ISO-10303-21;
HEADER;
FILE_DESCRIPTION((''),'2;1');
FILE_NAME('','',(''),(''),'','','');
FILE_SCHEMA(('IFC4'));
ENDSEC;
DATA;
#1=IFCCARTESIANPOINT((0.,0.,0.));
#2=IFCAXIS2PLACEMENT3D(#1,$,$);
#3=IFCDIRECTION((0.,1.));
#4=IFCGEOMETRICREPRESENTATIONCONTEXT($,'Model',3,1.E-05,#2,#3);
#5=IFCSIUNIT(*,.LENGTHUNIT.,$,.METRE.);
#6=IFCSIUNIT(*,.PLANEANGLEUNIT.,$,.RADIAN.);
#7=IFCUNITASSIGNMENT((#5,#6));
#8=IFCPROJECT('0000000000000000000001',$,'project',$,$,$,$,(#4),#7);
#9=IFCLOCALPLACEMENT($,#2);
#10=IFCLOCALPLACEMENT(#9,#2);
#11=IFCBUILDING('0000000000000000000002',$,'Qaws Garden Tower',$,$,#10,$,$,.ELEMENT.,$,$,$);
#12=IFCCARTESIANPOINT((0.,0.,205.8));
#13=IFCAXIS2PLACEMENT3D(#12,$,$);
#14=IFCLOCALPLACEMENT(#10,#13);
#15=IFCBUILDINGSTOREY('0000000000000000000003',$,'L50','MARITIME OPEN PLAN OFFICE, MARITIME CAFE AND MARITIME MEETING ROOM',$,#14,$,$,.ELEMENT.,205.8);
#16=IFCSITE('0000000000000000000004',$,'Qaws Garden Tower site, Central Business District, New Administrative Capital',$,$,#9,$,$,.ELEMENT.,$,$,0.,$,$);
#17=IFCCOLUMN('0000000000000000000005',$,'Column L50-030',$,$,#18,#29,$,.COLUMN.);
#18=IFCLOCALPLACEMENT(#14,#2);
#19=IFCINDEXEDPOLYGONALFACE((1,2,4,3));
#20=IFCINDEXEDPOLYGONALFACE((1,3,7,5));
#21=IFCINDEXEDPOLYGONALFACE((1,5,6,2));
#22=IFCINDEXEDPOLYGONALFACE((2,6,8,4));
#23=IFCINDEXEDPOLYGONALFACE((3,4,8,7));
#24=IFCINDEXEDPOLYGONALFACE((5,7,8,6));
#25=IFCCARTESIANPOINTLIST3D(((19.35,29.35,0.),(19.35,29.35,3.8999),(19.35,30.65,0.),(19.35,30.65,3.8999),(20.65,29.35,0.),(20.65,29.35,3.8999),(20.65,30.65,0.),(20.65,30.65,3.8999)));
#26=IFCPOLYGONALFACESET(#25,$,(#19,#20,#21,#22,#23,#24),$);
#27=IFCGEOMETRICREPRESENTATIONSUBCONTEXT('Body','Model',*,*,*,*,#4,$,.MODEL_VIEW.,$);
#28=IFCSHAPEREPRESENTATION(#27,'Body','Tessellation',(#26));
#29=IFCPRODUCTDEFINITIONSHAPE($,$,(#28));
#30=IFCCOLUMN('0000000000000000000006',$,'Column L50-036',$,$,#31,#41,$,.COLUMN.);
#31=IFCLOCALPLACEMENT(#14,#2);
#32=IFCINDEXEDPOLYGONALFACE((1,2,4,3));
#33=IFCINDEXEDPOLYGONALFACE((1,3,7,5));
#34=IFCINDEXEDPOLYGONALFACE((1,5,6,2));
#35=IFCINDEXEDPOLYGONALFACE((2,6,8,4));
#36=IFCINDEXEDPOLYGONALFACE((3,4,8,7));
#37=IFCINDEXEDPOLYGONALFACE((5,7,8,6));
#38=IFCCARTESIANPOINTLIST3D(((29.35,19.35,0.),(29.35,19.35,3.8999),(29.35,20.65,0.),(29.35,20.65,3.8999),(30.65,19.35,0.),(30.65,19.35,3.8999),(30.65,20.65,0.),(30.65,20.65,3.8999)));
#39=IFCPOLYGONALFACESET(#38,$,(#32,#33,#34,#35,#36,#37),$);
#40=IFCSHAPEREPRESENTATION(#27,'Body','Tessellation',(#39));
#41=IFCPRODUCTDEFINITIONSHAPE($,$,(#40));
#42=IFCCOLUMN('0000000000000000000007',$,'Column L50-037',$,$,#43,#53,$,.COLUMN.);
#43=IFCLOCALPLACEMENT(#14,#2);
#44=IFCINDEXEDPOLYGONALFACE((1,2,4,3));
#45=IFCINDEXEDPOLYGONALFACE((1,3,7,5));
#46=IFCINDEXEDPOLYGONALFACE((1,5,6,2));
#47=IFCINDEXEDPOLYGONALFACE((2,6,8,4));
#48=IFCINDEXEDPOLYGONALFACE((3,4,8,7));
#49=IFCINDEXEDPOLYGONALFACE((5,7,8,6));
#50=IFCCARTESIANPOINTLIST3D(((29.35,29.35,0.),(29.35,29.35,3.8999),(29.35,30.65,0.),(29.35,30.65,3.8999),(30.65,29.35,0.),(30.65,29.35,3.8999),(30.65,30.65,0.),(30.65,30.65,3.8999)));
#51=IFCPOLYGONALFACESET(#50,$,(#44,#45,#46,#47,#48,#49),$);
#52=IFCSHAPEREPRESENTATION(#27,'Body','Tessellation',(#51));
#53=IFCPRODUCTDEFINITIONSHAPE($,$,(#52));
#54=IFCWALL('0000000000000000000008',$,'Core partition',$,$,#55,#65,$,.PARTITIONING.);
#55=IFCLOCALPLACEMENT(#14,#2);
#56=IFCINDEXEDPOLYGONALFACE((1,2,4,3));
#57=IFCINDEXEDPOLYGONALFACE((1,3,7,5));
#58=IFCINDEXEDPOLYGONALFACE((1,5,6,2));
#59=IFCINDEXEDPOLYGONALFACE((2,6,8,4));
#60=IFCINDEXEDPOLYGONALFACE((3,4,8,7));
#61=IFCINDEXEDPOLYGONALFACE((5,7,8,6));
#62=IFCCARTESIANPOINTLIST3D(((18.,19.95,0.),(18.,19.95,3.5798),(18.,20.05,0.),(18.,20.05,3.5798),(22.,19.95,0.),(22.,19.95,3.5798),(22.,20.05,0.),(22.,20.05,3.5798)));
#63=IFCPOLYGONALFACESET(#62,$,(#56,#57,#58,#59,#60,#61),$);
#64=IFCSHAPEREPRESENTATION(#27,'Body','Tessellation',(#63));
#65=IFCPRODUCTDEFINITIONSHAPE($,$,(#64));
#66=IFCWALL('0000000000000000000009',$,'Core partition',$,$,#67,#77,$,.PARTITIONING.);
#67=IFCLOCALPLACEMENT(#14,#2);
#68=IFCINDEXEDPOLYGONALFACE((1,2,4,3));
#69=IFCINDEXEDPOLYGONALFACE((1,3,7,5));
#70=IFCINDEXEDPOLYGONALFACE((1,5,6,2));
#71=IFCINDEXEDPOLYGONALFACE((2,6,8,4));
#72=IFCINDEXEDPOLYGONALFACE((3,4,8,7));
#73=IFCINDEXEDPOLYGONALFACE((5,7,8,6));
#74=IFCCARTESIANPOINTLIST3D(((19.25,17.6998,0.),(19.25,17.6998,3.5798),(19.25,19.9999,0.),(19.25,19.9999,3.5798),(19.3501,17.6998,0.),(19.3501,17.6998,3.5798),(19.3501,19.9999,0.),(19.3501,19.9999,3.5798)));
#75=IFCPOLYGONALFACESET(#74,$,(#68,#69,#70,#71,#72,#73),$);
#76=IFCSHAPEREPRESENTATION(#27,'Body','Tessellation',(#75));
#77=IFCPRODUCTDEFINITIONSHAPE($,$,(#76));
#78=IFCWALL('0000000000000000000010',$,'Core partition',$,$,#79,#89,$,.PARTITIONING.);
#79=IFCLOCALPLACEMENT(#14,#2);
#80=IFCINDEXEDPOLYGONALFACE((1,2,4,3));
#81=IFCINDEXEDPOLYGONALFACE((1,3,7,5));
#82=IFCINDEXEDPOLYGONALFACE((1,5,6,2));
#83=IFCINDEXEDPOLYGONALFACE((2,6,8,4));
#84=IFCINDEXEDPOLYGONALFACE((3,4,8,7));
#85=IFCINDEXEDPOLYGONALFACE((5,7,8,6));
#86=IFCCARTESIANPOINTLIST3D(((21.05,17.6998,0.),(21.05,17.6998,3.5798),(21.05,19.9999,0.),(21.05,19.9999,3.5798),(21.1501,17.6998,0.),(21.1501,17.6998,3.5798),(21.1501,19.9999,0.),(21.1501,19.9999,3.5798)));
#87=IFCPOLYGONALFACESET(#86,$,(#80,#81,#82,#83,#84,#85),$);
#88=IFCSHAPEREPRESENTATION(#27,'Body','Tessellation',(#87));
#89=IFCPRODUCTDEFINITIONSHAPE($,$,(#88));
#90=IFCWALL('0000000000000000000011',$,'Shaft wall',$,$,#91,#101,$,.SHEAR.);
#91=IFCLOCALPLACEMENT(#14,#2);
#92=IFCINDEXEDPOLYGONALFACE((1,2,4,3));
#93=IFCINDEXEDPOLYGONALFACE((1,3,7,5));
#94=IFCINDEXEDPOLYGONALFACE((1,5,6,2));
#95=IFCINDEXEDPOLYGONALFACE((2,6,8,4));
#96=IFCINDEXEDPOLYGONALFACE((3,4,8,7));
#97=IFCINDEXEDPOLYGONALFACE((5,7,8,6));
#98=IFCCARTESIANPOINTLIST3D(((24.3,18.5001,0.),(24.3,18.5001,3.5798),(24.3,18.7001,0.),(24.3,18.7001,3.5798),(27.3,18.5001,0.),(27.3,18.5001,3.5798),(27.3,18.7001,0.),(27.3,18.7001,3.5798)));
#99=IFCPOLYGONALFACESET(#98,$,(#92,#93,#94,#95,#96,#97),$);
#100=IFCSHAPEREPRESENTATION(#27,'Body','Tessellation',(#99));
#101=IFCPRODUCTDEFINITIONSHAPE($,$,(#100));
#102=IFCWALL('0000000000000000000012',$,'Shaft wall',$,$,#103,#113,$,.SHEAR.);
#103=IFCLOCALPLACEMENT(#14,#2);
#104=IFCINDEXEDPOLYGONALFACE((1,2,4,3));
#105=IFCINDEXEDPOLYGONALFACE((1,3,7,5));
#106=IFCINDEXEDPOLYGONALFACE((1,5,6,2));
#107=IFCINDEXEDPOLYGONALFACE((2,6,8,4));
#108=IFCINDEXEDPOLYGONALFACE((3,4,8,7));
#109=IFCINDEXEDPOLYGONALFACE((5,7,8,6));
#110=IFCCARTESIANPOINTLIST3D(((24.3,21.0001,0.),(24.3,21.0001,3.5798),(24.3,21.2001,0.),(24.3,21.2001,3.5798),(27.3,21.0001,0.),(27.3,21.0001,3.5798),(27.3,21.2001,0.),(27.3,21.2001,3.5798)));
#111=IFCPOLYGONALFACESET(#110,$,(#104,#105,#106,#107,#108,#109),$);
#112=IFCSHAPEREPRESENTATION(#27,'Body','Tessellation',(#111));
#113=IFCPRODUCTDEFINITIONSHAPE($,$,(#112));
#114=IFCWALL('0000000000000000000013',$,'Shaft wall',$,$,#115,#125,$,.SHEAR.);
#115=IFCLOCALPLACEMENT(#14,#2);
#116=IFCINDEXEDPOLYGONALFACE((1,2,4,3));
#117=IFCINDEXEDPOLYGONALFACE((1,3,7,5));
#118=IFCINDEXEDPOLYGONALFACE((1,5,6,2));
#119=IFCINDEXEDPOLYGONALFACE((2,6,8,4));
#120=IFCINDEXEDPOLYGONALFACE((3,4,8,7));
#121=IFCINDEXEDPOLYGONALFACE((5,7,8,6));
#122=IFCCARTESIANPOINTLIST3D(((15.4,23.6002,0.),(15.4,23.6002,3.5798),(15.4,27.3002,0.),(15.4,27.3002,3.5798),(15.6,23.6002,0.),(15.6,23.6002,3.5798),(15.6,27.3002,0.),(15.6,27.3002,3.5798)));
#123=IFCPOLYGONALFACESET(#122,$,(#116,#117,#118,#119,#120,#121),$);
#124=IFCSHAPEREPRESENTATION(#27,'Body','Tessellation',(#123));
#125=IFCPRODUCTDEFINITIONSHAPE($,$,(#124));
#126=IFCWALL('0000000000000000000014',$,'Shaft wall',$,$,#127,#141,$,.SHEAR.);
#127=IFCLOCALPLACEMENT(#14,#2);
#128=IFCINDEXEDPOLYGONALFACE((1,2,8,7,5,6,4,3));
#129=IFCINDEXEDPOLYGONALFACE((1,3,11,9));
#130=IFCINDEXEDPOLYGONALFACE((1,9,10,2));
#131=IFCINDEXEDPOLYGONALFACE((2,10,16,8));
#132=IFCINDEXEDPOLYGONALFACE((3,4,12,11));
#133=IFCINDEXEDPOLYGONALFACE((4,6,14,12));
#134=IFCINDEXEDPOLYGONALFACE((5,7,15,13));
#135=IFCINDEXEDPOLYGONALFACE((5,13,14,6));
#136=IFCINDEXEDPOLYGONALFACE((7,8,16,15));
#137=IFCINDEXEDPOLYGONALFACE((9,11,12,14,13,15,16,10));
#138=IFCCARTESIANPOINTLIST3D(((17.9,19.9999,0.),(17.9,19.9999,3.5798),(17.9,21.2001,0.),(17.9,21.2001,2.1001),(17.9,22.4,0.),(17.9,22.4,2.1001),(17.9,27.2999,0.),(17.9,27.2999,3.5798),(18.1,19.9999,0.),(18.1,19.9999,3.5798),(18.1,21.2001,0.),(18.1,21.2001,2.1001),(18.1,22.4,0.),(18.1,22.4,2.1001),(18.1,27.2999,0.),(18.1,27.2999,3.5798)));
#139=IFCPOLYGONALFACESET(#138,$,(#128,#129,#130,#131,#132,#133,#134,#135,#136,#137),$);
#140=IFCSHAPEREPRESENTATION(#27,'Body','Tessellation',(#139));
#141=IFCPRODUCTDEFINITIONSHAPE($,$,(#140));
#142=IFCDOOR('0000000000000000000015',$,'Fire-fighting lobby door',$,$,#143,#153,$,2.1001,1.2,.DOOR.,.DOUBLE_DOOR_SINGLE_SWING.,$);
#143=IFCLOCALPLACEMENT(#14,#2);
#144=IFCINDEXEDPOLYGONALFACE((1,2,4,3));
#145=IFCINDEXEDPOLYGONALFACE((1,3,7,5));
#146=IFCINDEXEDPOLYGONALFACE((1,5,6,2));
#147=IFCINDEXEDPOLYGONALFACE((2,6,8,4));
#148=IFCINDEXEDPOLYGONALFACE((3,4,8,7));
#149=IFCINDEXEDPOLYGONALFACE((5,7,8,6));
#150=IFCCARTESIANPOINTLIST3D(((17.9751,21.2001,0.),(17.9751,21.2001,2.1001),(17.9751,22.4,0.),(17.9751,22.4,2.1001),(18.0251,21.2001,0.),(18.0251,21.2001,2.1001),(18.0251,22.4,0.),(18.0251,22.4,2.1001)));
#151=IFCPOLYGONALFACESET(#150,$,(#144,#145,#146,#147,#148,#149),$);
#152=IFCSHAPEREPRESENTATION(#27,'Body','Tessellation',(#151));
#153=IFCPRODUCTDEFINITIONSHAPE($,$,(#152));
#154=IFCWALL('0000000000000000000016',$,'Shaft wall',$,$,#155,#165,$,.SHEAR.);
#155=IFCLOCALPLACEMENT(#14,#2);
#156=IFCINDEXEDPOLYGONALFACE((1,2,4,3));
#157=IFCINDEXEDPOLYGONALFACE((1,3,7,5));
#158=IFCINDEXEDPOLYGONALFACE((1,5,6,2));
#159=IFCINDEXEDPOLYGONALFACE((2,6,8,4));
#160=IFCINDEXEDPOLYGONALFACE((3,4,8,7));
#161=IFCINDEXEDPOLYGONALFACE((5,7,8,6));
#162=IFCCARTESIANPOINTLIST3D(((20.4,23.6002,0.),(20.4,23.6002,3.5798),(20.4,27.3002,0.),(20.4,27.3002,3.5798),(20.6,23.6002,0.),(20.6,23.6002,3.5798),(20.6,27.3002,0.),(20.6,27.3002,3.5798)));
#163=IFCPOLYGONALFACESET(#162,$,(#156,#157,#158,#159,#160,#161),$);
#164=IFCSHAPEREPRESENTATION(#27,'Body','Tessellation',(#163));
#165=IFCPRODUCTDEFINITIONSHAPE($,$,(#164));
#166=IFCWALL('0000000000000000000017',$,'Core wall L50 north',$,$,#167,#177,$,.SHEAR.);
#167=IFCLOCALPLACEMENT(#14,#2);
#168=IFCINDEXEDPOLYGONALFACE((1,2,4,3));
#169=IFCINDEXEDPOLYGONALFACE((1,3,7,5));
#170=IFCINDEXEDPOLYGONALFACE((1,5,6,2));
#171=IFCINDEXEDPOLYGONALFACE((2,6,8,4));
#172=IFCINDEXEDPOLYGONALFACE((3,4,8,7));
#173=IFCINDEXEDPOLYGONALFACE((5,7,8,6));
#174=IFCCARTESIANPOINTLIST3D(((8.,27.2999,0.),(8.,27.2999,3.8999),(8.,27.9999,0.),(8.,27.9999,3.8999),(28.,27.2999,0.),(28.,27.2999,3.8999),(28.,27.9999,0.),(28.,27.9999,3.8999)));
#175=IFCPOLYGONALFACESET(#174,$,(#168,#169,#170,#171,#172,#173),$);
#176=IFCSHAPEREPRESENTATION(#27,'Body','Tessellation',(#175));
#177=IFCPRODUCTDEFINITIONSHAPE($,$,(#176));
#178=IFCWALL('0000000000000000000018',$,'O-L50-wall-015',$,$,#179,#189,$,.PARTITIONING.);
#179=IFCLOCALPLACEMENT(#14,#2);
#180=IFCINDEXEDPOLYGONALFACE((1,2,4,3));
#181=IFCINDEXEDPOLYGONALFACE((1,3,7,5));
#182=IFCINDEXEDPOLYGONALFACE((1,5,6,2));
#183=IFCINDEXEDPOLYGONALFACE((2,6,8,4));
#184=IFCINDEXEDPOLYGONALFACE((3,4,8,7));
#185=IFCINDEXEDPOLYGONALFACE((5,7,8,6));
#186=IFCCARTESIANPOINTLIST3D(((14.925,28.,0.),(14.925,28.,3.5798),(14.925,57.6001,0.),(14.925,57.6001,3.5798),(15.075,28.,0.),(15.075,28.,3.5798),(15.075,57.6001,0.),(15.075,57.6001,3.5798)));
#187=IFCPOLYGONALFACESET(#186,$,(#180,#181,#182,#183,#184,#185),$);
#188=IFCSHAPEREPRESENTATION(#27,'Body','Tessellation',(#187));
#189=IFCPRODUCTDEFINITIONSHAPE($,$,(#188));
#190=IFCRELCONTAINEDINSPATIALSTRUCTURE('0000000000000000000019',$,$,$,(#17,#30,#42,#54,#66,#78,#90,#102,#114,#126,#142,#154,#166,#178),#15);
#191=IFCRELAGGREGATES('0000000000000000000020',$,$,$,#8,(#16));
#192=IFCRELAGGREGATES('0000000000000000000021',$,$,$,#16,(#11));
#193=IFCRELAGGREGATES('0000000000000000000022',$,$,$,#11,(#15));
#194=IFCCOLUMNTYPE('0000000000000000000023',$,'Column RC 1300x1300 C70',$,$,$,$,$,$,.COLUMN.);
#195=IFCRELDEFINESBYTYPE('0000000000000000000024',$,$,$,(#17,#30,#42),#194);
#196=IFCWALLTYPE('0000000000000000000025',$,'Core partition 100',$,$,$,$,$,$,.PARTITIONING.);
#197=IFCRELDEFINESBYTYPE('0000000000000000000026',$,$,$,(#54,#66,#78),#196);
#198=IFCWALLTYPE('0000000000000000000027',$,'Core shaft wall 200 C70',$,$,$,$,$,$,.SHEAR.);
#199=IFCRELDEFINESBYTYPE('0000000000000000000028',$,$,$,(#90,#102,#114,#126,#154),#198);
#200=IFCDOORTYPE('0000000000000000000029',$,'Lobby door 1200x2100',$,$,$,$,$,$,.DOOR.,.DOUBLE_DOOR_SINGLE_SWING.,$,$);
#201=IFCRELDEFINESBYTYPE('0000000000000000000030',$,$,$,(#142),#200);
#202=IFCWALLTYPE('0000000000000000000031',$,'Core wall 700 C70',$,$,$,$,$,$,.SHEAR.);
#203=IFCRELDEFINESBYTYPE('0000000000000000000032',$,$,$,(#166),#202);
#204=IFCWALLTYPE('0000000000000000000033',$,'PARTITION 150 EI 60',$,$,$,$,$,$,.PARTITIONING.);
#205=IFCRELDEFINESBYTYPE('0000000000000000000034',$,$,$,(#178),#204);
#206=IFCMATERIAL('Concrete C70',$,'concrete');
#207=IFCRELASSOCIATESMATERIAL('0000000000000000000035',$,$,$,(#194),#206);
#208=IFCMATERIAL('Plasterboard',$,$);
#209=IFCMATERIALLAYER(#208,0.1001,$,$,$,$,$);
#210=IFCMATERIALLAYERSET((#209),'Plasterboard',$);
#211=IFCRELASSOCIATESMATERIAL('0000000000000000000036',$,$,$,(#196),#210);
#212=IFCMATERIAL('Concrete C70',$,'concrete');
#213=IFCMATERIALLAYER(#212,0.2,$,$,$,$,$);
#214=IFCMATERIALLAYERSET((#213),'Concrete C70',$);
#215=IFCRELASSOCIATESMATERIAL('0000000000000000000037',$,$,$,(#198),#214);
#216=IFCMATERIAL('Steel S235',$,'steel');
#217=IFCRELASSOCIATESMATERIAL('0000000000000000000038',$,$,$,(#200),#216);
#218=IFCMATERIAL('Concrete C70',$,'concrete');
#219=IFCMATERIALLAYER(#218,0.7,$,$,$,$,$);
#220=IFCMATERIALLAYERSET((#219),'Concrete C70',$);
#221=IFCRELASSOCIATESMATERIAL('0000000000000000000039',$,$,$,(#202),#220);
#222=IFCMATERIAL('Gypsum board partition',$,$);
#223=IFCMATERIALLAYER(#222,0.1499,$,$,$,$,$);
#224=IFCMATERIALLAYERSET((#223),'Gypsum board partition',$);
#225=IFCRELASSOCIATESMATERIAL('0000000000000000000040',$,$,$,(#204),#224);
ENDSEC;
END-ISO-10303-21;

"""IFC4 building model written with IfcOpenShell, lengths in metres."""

from ifc_helpers import new_model, si_unit, direction, frame, frame_2d, origin, origin_2d, place, context, subcontext, project, spatial, rectangle, extrude, material, layer, layer_set, material_profile, profile_set, type_object, element, fill, save


model = new_model("IFC4")

# Units and contexts
model_context = context("Model", 3, precision=1e-05, world=origin(), true_north=direction((0.0, 1.0)))
body_context = subcontext(model_context, "Body", "Model", "MODEL_VIEW")
ifc_project = project(units=[si_unit("LENGTHUNIT", "METRE"), si_unit("PLANEANGLEUNIT", "RADIAN")], contexts=[model_context])

# Site, building, storey
site_placement = place(None, origin())
site = spatial("IfcSite", under=ifc_project, at=site_placement, Name="Qaws Garden Tower site, Central Business District, New Administrative Capital", CompositionType="ELEMENT", RefElevation=0.0)
building_placement = place(site_placement, origin())
building = spatial("IfcBuilding", under=site, at=building_placement, Name="Qaws Garden Tower", CompositionType="ELEMENT")
storey_placement = place(building_placement, frame((0.0, 0.0, 205.8)))
storey = spatial("IfcBuildingStorey", under=building, at=storey_placement, Name="L50", Description="MARITIME OPEN PLAN OFFICE, MARITIME CAFE AND MARITIME MEETING ROOM", CompositionType="ELEMENT", Elevation=205.8)

# Columns
ifc_material_1 = material(Name="Concrete C70", Category="concrete")
ifc_material_profile = material_profile(ifc_material_1, rectangle(XDim=1.3, YDim=1.3, at=origin_2d()), Name="RC 1300x1300")
ifc_profile_set = profile_set([ifc_material_profile], Name="Concrete C70")
column_type = type_object("IfcColumnType", Name="Column RC 1300x1300 C70", PredefinedType="COLUMN", material=ifc_profile_set)
for number, where, z_axis, x_axis, name in (
    (1, (20.0, 30.0, 0.0), (0.0, 0.0, 1.0), (1.0, 0.0, 0.0), "Column L50-030"),
    (2, (30.0, 20.0, 0.0), (0.0, 0.0, 1.0), (1.0, 0.0, 0.0), "Column L50-036"),
    (3, (30.0, 30.0, 0.0), (0.0, 0.0, 1.0), (1.0, 0.0, 0.0), "Column L50-037"),
):
    element("IfcColumn", number, at=place(storey_placement, frame(where, z_axis=z_axis, x_axis=x_axis)), inside=storey, type_object=column_type, Name=name, PredefinedType="COLUMN", context=body_context, shape_type="SweptSolid", body=[
        extrude(rectangle(XDim=1.3, YDim=1.3, at=origin_2d()), origin(), (0.0, 0.0, 1.0), 3.8999),
    ])

# Walls
ifc_material_2 = material(Name="Plasterboard")
ifc_layer_1 = layer(ifc_material_2, 0.1001)
ifc_layer_set_1 = layer_set([ifc_layer_1], Name="Plasterboard")
wall_type_1 = type_object("IfcWallType", Name="Core partition 100", PredefinedType="PARTITIONING", material=ifc_layer_set_1)
wall_1_placement = place(storey_placement, frame((18.0, 20.0, 0.0), z_axis=(0.0, 0.0, 1.0), x_axis=(1.0, 0.0, 0.0)))
element("IfcWall", 4, at=wall_1_placement, inside=storey, type_object=wall_type_1, Name="Core partition", PredefinedType="PARTITIONING", context=body_context, shape_type="SweptSolid", body=[
    extrude(rectangle(XDim=4.0, YDim=0.1001, at=frame_2d((2.0, 0.0))), origin(), (0.0, 0.0, 1.0), 3.5798),
])
for number, where, z_axis, x_axis, name in (
    (5, (19.3, 17.7, 0.0), (0.0, 0.0, 1.0), (0.0, 1.0, 0.0), "Core partition"),
    (6, (21.1001, 17.7, 0.0), (0.0, 0.0, 1.0), (0.0, 1.0, 0.0), "Core partition"),
):
    element("IfcWall", number, at=place(storey_placement, frame(where, z_axis=z_axis, x_axis=x_axis)), inside=storey, type_object=wall_type_1, Name=name, PredefinedType="PARTITIONING", context=body_context, shape_type="SweptSolid", body=[
        extrude(rectangle(XDim=2.3, YDim=0.1001, at=frame_2d((1.1499, 0.0))), origin(), (0.0, 0.0, 1.0), 3.5798),
    ])
ifc_material_3 = material(Name="Concrete C70", Category="concrete")
ifc_layer_2 = layer(ifc_material_3, 0.2)
ifc_layer_set_2 = layer_set([ifc_layer_2], Name="Concrete C70")
wall_type_2 = type_object("IfcWallType", Name="Core shaft wall 200 C70", PredefinedType="SHEAR", material=ifc_layer_set_2)
for number, where, z_axis, x_axis, name in (
    (7, (24.3, 18.6001, 0.0), (0.0, 0.0, 1.0), (1.0, 0.0, 0.0), "Shaft wall"),
    (8, (24.3, 21.1001, 0.0), (0.0, 0.0, 1.0), (1.0, 0.0, 0.0), "Shaft wall"),
):
    element("IfcWall", number, at=place(storey_placement, frame(where, z_axis=z_axis, x_axis=x_axis)), inside=storey, type_object=wall_type_2, Name=name, PredefinedType="SHEAR", context=body_context, shape_type="SweptSolid", body=[
        extrude(rectangle(XDim=3.0, YDim=0.2, at=frame_2d((1.5, 0.0))), origin(), (0.0, 0.0, 1.0), 3.5798),
    ])
wall_2_placement = place(storey_placement, frame((15.5, 23.6001, 0.0), z_axis=(0.0, 0.0, 1.0), x_axis=(0.0, 1.0, 0.0)))
element("IfcWall", 9, at=wall_2_placement, inside=storey, type_object=wall_type_2, Name="Shaft wall", PredefinedType="SHEAR", context=body_context, shape_type="SweptSolid", body=[
    extrude(rectangle(XDim=3.7, YDim=0.2, at=frame_2d((1.8501, 0.0))), origin(), (0.0, 0.0, 1.0), 3.5798),
])

# Wall, opening, door
wall_3_placement = place(storey_placement, frame((18.0, 20.0, 0.0), z_axis=(0.0, 0.0, 1.0), x_axis=(0.0, 1.0, 0.0)))
wall_3 = element("IfcWall", 10, at=wall_3_placement, inside=storey, type_object=wall_type_2, Name="Shaft wall", PredefinedType="SHEAR", context=body_context, shape_type="SweptSolid", body=[
    extrude(rectangle(XDim=7.3, YDim=0.2, at=frame_2d((3.6499, 0.0))), origin(), (0.0, 0.0, 1.0), 3.5798),
])
opening_1_placement = place(wall_3_placement, frame((1.2, 0.0, 0.0)))
opening_1 = element("IfcOpeningElement", 11, at=opening_1_placement, cuts=wall_3, PredefinedType="OPENING", context=body_context, shape_type="SweptSolid", body=[
    extrude(rectangle(XDim=1.2, YDim=2.1001, at=frame_2d((0.6001, 1.05))), frame((0.0, 0.1099, 0.0), z_axis=(0.0, -1.0, 0.0), x_axis=(1.0, 0.0, 0.0)), (0.0, 0.0, 1.0), 0.22),
])
ifc_material_4 = material(Name="Steel S235", Category="steel")
door_type_1 = type_object("IfcDoorType", Name="Lobby door 1200x2100", OperationType="DOUBLE_DOOR_SINGLE_SWING", PredefinedType="DOOR", material=ifc_material_4)
door_1_placement = place(opening_1_placement, origin())
door_1 = element("IfcDoor", 12, at=door_1_placement, inside=storey, type_object=door_type_1, Name="Fire-fighting lobby door", OperationType="DOUBLE_DOOR_SINGLE_SWING", OverallHeight=2.1001, OverallWidth=1.2, PredefinedType="DOOR", context=body_context, shape_type="SweptSolid", body=[
    extrude(rectangle(XDim=1.2, YDim=2.1001, at=frame_2d((0.6001, 1.05))), frame((0.0, 0.0249, 0.0), z_axis=(0.0, -1.0, 0.0), x_axis=(1.0, 0.0, 0.0)), (0.0, 0.0, 1.0), 0.05),
])
fill(opening_1, door_1)

# Walls
wall_4_placement = place(storey_placement, frame((20.5, 23.6001, 0.0), z_axis=(0.0, 0.0, 1.0), x_axis=(0.0, 1.0, 0.0)))
element("IfcWall", 13, at=wall_4_placement, inside=storey, type_object=wall_type_2, Name="Shaft wall", PredefinedType="SHEAR", context=body_context, shape_type="SweptSolid", body=[
    extrude(rectangle(XDim=3.7, YDim=0.2, at=frame_2d((1.8501, 0.0))), origin(), (0.0, 0.0, 1.0), 3.5798),
])
ifc_material_5 = material(Name="Concrete C70", Category="concrete")
ifc_layer_3 = layer(ifc_material_5, 0.7)
ifc_layer_set_3 = layer_set([ifc_layer_3], Name="Concrete C70")
wall_type_3 = type_object("IfcWallType", Name="Core wall 700 C70", PredefinedType="SHEAR", material=ifc_layer_set_3)
wall_5_placement = place(storey_placement, frame((28.0, 27.6499, 0.0), z_axis=(0.0, 0.0, 1.0), x_axis=(-1.0, 0.0, 0.0)))
element("IfcWall", 14, at=wall_5_placement, inside=storey, type_object=wall_type_3, Name="Core wall L50 north", PredefinedType="SHEAR", context=body_context, shape_type="SweptSolid", body=[
    extrude(rectangle(XDim=20.0, YDim=0.7, at=frame_2d((10.0, 0.0))), origin(), (0.0, 0.0, 1.0), 3.8999),
])
ifc_material_6 = material(Name="Gypsum board partition")
ifc_layer_4 = layer(ifc_material_6, 0.1499)
ifc_layer_set_4 = layer_set([ifc_layer_4], Name="Gypsum board partition")
wall_type_4 = type_object("IfcWallType", Name="PARTITION 150 EI 60", PredefinedType="PARTITIONING", material=ifc_layer_set_4)
wall_6_placement = place(storey_placement, frame((15.0, 28.0, 0.0), z_axis=(0.0, 0.0, 1.0), x_axis=(0.0, 1.0, 0.0)))
element("IfcWall", 15, at=wall_6_placement, inside=storey, type_object=wall_type_4, Name="O-L50-wall-015", PredefinedType="PARTITIONING", context=body_context, shape_type="SweptSolid", body=[
    extrude(rectangle(XDim=29.6001, YDim=0.1499, at=frame_2d((14.8, 0.0))), origin(), (0.0, 0.0, 1.0), 3.5798),
])

save(model, "model.ifc")
